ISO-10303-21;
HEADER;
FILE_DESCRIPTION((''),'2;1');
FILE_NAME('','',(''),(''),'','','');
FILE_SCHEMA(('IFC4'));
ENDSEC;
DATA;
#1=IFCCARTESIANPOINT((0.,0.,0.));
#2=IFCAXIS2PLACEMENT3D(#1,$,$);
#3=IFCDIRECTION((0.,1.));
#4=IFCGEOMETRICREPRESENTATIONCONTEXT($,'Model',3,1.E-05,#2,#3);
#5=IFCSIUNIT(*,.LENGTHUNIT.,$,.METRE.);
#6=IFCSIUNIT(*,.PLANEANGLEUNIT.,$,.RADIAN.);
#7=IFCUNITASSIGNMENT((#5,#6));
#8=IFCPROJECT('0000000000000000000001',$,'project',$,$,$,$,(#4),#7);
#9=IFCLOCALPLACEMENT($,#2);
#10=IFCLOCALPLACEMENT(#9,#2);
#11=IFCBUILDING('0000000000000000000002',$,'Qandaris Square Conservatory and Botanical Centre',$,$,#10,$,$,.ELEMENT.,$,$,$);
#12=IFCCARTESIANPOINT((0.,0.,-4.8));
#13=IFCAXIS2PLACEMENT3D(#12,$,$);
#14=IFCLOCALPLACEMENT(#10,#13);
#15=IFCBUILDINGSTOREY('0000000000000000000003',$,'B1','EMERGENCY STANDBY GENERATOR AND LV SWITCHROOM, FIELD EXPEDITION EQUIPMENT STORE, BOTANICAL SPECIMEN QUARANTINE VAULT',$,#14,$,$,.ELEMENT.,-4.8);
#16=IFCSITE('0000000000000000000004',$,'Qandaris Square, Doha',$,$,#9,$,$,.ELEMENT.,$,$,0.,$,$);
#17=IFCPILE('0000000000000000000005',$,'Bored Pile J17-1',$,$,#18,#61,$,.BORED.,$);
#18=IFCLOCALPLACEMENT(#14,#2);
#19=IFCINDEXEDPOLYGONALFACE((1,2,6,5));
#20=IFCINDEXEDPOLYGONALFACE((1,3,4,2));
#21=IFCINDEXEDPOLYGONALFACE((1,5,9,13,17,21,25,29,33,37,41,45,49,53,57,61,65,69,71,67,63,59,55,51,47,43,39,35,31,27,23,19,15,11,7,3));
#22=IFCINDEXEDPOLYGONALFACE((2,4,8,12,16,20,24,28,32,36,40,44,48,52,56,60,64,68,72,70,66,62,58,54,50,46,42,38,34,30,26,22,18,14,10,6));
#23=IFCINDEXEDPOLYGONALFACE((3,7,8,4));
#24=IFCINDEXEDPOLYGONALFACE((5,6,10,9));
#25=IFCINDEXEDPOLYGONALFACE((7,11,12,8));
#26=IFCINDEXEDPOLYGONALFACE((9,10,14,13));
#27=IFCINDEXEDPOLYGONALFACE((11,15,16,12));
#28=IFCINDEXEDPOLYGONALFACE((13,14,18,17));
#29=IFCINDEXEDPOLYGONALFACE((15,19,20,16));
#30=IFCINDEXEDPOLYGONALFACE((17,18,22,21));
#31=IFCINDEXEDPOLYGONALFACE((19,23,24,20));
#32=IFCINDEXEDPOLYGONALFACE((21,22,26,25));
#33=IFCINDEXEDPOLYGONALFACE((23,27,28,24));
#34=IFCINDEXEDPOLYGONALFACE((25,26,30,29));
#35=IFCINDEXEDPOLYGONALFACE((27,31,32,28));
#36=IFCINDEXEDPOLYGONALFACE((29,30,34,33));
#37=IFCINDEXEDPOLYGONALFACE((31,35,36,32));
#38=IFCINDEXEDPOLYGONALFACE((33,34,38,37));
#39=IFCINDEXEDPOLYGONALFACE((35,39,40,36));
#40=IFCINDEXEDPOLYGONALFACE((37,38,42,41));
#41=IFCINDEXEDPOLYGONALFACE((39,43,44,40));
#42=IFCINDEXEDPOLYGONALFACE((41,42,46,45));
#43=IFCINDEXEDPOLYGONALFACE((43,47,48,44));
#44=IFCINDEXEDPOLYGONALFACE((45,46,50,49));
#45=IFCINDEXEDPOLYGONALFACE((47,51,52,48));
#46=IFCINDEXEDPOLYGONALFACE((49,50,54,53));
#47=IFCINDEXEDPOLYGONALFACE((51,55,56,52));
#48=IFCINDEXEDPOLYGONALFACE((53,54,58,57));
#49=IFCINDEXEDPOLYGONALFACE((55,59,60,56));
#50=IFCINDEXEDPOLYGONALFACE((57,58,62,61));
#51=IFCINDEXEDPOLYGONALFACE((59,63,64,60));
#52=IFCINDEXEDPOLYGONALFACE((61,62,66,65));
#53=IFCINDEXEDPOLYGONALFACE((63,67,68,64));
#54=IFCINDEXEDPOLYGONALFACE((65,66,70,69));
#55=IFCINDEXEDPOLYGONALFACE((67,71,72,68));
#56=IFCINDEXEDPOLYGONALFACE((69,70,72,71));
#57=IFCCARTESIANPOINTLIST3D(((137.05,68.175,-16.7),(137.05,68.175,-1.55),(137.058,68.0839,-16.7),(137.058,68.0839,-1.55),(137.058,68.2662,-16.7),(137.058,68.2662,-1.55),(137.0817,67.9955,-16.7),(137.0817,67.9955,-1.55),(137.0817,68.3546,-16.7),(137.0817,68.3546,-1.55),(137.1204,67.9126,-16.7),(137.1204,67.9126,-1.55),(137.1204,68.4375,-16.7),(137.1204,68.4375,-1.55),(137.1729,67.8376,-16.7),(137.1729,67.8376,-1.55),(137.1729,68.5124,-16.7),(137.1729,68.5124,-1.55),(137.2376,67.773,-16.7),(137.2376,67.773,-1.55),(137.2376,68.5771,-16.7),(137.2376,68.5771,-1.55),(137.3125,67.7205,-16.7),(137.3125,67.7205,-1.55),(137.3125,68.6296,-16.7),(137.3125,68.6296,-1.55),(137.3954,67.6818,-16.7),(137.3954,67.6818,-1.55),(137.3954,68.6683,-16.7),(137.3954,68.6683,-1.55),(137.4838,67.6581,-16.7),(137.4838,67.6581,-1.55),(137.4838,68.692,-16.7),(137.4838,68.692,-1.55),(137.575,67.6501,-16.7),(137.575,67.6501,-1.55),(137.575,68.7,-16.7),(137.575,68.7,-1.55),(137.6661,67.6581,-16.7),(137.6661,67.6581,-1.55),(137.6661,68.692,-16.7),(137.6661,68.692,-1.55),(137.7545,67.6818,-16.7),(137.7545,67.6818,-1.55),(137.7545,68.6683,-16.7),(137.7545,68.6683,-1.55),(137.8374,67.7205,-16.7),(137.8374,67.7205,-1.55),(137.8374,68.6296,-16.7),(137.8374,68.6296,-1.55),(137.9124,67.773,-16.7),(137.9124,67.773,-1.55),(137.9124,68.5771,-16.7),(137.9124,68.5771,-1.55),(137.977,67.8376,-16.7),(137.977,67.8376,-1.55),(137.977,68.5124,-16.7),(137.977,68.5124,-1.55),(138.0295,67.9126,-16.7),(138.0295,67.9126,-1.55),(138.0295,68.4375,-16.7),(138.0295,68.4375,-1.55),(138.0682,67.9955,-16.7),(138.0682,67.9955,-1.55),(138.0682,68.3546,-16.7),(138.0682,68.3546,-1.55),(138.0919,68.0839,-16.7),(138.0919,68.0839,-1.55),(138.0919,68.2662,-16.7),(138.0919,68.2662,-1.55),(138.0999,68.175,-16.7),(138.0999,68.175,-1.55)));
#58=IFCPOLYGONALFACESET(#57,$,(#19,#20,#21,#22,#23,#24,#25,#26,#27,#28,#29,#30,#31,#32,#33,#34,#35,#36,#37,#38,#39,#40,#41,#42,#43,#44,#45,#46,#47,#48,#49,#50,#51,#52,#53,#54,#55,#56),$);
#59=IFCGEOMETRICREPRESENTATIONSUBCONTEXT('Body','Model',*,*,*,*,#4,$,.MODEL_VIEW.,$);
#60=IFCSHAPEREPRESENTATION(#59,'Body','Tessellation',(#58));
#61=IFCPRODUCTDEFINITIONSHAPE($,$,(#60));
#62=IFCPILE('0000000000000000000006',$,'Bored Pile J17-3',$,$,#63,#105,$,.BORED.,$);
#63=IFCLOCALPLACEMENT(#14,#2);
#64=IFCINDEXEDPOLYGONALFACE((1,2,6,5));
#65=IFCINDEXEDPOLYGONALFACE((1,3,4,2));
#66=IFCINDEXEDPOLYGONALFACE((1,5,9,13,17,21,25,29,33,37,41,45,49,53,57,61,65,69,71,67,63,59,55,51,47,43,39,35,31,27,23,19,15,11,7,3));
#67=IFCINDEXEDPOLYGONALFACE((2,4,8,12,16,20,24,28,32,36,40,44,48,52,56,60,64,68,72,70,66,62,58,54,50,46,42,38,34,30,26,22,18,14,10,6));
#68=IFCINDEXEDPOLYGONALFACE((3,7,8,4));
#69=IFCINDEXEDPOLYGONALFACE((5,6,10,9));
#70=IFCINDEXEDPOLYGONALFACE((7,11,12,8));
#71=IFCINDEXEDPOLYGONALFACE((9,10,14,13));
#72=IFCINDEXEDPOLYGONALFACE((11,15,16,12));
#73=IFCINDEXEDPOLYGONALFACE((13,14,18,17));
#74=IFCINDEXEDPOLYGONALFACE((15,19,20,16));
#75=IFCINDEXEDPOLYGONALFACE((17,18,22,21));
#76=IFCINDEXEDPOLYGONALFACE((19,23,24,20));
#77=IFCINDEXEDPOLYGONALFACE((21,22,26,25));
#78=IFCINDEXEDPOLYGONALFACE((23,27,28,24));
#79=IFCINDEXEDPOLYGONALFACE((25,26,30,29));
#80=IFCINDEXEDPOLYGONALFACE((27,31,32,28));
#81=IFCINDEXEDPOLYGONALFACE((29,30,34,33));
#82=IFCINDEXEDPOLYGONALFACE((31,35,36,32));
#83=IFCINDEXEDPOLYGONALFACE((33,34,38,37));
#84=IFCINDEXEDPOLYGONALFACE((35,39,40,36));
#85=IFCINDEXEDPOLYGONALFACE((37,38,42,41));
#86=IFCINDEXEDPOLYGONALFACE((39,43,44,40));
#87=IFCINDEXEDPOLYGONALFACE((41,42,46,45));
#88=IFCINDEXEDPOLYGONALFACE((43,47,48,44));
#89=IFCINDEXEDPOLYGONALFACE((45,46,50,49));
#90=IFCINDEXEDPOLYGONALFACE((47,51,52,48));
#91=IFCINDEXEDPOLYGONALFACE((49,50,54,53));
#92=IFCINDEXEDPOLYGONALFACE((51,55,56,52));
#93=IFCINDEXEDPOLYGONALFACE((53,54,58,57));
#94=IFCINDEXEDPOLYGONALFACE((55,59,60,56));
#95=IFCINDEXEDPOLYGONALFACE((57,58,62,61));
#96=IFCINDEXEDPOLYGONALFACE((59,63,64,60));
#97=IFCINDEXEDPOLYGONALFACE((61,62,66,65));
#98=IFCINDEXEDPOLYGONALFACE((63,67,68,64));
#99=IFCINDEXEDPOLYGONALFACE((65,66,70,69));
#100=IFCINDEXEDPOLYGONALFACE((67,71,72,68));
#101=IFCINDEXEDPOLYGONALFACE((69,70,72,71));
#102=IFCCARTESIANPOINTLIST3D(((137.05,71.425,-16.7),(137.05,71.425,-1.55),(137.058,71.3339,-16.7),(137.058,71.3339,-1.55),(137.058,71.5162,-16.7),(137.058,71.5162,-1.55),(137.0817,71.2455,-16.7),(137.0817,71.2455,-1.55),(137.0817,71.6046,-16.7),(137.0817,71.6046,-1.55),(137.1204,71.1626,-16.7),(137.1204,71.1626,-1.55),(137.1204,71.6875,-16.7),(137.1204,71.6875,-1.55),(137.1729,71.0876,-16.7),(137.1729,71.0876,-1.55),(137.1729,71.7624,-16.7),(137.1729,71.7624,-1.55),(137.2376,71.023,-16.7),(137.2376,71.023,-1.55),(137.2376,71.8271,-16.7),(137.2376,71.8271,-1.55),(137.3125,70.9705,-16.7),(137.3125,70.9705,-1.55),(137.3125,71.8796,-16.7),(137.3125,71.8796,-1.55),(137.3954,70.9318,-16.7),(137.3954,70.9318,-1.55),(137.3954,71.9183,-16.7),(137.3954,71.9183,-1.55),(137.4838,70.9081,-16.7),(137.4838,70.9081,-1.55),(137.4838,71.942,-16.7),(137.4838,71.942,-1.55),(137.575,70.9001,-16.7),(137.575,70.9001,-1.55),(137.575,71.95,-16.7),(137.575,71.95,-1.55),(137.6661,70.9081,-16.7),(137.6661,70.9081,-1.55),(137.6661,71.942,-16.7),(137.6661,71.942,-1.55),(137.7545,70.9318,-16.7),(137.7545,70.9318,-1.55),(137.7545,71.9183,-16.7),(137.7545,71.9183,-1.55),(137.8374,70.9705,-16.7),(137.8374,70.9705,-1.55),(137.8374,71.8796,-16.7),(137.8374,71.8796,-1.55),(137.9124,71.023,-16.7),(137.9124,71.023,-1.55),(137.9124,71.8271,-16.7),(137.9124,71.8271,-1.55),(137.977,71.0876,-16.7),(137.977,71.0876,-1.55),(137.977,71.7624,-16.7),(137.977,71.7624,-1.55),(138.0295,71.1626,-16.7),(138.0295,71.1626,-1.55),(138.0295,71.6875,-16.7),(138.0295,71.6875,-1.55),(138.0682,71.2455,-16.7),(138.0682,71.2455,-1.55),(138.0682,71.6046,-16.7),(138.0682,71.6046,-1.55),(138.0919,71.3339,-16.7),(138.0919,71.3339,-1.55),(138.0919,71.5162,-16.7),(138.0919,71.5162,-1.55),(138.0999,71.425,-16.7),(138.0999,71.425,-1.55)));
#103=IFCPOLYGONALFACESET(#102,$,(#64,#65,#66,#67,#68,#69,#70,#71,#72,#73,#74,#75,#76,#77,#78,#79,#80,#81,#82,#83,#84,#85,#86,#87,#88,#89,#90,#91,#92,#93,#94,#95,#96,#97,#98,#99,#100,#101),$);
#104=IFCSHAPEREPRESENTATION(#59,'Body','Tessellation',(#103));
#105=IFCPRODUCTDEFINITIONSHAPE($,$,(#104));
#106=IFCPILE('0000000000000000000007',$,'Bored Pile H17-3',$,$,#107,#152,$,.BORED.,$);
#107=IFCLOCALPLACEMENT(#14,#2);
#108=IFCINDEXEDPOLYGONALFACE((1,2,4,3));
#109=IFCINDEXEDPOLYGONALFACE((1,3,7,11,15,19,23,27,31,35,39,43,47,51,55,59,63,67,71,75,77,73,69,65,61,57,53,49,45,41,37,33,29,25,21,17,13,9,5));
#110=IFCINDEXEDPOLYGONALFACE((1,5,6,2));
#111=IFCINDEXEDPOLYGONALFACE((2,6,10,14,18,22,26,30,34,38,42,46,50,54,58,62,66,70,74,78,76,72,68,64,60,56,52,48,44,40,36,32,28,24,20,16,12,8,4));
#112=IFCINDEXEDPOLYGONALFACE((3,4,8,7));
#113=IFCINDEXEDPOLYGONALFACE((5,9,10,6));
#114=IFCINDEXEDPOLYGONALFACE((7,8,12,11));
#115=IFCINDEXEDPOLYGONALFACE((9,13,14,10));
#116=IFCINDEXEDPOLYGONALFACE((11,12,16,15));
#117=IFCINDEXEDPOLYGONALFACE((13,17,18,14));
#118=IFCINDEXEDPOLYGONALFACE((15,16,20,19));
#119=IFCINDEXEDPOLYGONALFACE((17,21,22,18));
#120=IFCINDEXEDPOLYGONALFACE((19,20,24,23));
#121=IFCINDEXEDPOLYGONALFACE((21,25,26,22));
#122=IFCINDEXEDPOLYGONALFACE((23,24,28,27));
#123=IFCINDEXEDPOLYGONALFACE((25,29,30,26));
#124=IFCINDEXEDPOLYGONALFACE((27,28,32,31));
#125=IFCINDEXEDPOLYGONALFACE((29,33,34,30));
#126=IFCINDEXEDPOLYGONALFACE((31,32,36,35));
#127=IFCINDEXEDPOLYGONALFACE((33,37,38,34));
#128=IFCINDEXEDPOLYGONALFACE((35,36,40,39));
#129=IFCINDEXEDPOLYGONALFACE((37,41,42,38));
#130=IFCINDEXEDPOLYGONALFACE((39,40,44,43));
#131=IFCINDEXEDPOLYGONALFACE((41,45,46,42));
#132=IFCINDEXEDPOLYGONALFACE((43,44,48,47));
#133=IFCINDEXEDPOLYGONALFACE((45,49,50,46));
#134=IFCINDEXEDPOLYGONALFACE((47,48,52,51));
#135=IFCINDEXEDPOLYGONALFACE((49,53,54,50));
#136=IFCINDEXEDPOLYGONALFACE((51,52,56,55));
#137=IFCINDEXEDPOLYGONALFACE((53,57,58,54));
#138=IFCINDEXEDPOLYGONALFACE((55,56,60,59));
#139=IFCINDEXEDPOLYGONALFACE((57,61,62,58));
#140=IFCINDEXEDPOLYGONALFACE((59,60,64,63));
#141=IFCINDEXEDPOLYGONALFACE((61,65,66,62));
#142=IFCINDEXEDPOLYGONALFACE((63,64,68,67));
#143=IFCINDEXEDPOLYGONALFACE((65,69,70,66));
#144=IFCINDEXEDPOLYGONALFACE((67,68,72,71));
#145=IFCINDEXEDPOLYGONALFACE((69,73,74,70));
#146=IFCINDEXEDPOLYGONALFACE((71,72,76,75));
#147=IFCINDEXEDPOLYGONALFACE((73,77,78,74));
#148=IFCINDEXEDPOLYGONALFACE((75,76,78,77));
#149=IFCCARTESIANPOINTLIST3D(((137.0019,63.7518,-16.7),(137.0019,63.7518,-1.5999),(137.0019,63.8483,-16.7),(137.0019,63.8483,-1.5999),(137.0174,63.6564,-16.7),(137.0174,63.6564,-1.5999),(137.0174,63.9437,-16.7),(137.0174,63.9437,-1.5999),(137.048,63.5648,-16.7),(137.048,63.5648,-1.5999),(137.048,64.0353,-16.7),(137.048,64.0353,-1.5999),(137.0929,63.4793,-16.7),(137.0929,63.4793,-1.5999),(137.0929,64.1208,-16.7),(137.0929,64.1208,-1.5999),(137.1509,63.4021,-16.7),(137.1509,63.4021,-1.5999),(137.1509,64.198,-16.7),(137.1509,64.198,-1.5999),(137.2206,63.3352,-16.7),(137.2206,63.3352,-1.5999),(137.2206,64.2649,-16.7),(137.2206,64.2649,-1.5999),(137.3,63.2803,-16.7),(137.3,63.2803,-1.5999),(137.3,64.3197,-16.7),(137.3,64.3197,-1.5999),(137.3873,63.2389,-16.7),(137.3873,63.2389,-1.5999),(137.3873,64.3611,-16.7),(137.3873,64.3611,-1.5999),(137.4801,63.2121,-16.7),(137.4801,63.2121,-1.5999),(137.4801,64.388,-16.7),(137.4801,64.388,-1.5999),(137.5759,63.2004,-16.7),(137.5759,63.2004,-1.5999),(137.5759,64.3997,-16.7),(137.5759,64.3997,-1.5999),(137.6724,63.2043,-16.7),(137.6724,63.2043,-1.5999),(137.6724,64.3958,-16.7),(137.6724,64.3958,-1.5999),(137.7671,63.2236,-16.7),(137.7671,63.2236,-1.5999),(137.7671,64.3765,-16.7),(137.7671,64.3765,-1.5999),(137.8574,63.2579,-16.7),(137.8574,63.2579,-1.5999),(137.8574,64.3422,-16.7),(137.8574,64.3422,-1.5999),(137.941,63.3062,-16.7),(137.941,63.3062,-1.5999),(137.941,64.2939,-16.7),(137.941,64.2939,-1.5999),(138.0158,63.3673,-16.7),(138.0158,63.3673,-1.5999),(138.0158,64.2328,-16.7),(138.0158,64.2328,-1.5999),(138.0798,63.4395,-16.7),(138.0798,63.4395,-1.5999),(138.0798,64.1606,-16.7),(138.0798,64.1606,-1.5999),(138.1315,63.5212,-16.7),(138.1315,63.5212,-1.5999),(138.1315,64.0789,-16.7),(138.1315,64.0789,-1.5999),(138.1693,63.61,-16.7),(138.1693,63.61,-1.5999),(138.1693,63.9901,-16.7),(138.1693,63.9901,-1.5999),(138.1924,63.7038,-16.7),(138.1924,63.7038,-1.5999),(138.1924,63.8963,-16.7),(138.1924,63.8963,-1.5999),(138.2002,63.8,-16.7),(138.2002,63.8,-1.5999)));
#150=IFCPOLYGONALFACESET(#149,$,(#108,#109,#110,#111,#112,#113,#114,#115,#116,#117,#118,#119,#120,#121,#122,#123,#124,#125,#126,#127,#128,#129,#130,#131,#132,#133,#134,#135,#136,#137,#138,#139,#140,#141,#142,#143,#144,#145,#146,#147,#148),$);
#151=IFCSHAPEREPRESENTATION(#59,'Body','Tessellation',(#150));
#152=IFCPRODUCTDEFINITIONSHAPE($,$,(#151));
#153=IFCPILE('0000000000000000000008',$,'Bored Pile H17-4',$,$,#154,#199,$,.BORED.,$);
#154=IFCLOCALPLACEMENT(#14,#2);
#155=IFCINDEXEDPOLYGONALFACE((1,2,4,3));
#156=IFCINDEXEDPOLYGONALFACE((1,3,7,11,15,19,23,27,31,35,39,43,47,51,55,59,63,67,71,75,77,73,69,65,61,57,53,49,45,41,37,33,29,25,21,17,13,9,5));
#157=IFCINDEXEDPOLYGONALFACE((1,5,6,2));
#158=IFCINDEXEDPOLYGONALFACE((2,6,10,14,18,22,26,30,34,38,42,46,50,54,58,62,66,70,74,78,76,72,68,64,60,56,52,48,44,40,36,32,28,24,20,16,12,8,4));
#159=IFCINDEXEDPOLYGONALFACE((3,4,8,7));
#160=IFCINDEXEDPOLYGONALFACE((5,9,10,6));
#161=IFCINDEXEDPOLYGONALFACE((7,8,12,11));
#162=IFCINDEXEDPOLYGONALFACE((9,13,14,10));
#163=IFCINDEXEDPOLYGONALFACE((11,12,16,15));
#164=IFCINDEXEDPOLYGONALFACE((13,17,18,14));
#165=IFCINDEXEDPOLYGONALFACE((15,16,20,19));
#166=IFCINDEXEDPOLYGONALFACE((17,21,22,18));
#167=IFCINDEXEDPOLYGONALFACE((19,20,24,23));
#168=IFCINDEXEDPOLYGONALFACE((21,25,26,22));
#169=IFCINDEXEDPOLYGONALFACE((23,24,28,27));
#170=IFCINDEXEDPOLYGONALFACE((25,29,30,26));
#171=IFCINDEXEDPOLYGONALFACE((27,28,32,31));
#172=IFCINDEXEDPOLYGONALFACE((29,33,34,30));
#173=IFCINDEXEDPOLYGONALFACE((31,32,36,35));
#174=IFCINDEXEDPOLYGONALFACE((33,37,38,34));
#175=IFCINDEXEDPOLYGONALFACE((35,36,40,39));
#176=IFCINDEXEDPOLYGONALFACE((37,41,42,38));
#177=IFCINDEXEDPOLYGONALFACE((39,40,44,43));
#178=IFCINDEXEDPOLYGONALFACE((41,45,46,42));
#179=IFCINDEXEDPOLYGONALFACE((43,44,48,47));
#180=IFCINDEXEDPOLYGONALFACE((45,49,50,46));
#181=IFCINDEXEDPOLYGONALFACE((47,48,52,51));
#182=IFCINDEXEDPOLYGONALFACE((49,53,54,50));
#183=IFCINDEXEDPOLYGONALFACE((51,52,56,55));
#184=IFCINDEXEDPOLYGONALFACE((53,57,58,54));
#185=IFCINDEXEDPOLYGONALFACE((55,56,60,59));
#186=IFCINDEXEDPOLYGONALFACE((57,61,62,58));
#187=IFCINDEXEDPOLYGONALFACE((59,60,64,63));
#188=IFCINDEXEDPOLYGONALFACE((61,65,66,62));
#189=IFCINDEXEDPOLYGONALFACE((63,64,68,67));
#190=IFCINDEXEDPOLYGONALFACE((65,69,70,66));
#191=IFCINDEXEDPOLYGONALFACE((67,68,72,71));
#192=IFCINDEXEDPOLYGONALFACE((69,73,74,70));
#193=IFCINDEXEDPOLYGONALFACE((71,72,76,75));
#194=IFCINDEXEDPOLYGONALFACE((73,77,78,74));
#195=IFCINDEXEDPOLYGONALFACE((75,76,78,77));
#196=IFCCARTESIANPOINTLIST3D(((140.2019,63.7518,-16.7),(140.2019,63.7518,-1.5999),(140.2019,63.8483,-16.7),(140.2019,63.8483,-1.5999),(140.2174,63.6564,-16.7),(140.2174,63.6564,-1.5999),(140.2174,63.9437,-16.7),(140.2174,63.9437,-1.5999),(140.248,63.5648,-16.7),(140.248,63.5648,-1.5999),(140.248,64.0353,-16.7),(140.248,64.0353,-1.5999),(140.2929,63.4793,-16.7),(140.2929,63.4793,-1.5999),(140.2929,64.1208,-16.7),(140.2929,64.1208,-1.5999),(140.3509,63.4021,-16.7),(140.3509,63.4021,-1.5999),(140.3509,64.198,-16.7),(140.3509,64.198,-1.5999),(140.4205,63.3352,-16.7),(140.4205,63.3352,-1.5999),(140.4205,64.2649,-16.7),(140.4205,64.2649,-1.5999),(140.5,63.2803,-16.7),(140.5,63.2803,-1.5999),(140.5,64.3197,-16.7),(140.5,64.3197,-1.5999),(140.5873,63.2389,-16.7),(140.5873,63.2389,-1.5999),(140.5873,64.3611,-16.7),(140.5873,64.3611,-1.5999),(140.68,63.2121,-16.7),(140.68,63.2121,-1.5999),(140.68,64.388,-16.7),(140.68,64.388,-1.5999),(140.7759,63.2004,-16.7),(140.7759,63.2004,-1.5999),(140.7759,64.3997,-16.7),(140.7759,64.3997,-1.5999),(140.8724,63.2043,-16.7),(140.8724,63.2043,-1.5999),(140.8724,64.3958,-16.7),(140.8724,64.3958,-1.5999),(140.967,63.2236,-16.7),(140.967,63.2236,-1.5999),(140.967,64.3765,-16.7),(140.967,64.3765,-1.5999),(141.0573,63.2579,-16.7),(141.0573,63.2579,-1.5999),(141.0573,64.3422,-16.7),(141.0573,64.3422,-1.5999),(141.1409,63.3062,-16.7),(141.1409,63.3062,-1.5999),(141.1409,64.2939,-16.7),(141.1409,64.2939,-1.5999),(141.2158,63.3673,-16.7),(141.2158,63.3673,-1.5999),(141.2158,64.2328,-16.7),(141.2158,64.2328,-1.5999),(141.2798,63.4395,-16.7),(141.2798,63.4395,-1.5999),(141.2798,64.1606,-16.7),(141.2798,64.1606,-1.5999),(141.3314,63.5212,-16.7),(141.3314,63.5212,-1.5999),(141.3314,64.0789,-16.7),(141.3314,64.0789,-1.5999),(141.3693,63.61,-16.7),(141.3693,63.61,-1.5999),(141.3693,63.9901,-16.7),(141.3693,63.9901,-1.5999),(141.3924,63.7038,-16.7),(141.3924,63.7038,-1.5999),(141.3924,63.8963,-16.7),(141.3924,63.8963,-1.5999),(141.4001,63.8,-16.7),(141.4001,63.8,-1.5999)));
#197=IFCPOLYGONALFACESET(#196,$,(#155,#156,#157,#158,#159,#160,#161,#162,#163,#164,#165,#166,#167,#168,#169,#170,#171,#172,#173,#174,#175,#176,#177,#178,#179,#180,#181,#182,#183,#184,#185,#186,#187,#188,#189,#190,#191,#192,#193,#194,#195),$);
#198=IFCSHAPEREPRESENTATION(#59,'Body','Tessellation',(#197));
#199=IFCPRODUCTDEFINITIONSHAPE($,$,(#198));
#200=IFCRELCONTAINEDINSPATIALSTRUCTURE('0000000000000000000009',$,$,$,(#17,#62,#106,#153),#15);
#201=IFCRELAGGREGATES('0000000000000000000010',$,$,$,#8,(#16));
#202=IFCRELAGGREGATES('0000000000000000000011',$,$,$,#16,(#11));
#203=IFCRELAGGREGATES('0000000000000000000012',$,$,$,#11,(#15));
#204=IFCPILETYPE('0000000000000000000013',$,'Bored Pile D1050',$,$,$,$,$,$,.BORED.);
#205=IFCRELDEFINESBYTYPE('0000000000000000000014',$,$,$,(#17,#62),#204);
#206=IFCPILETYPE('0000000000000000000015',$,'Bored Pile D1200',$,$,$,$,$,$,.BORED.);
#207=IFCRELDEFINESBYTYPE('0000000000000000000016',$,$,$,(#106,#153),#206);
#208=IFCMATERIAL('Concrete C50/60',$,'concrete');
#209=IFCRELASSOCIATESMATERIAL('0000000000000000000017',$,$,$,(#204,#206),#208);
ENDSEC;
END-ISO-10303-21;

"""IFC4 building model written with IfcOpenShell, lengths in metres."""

from ifc_helpers import new_model, si_unit, direction, frame, origin, origin_2d, place, context, subcontext, project, spatial, circle, extrude, material, material_profile, profile_set, type_object, element, save


model = new_model("IFC4")

# Units and contexts
model_context = context("Model", 3, precision=1e-05, world=origin(), true_north=direction((0.0, 1.0)))
body_context = subcontext(model_context, "Body", "Model", "MODEL_VIEW")
ifc_project = project(units=[si_unit("LENGTHUNIT", "METRE"), si_unit("PLANEANGLEUNIT", "RADIAN")], contexts=[model_context])

# Site, building, storey
site_placement = place(None, origin())
site = spatial("IfcSite", under=ifc_project, at=site_placement, Name="Qandaris Square, Doha", CompositionType="ELEMENT", RefElevation=0.0)
building_placement = place(site_placement, origin())
building = spatial("IfcBuilding", under=site, at=building_placement, Name="Qandaris Square Conservatory and Botanical Centre", CompositionType="ELEMENT")
storey_placement = place(building_placement, frame((0.0, 0.0, -4.8)))
storey = spatial("IfcBuildingStorey", under=building, at=storey_placement, Name="B1", Description="EMERGENCY STANDBY GENERATOR AND LV SWITCHROOM, FIELD EXPEDITION EQUIPMENT STORE, BOTANICAL SPECIMEN QUARANTINE VAULT", CompositionType="ELEMENT", Elevation=-4.8)

# Piles
ifc_material_1 = material(Name="Concrete C50/60", Category="concrete")
ifc_material_profile_1 = material_profile(ifc_material_1, circle(Radius=0.5249, at=origin_2d()), Name="PILE D1050")
ifc_profile_set_1 = profile_set([ifc_material_profile_1], Name="Concrete C50/60")
pile_type_1 = type_object("IfcPileType", Name="Bored Pile D1050", PredefinedType="BORED", material=ifc_profile_set_1)
for number, where, z_axis, x_axis, name in (
    (1, (137.575, 68.175, -1.55), (0.0, 0.0, -1.0), (1.0, 0.0, 0.0), "Bored Pile J17-1"),
    (2, (137.575, 71.425, -1.55), (0.0, 0.0, -1.0), (1.0, 0.0, 0.0), "Bored Pile J17-3"),
):
    element("IfcPile", number, at=place(storey_placement, frame(where, z_axis=z_axis, x_axis=x_axis)), inside=storey, type_object=pile_type_1, Name=name, PredefinedType="BORED", context=body_context, shape_type="SweptSolid", body=[
        extrude(circle(Radius=0.5249, at=origin_2d()), origin(), (0.0, 0.0, 1.0), 15.1499),
    ])
ifc_material_profile_2 = material_profile(ifc_material_1, circle(Radius=0.6001, at=origin_2d()), Name="PILE D1200")
ifc_profile_set_2 = profile_set([ifc_material_profile_2], Name="Concrete C50/60")
pile_type_2 = type_object("IfcPileType", Name="Bored Pile D1200", PredefinedType="BORED", material=ifc_profile_set_2)
for number, where, z_axis, x_axis, name in (
    (3, (137.6001, 63.8, -1.5999), (0.0, 0.0, -1.0), (1.0, 0.0, 0.0), "Bored Pile H17-3"),
    (4, (140.8, 63.8, -1.5999), (0.0, 0.0, -1.0), (1.0, 0.0, 0.0), "Bored Pile H17-4"),
):
    element("IfcPile", number, at=place(storey_placement, frame(where, z_axis=z_axis, x_axis=x_axis)), inside=storey, type_object=pile_type_2, Name=name, PredefinedType="BORED", context=body_context, shape_type="SweptSolid", body=[
        extrude(circle(Radius=0.6001, at=origin_2d()), origin(), (0.0, 0.0, 1.0), 15.1001),
    ])

save(model, "model.ifc")
